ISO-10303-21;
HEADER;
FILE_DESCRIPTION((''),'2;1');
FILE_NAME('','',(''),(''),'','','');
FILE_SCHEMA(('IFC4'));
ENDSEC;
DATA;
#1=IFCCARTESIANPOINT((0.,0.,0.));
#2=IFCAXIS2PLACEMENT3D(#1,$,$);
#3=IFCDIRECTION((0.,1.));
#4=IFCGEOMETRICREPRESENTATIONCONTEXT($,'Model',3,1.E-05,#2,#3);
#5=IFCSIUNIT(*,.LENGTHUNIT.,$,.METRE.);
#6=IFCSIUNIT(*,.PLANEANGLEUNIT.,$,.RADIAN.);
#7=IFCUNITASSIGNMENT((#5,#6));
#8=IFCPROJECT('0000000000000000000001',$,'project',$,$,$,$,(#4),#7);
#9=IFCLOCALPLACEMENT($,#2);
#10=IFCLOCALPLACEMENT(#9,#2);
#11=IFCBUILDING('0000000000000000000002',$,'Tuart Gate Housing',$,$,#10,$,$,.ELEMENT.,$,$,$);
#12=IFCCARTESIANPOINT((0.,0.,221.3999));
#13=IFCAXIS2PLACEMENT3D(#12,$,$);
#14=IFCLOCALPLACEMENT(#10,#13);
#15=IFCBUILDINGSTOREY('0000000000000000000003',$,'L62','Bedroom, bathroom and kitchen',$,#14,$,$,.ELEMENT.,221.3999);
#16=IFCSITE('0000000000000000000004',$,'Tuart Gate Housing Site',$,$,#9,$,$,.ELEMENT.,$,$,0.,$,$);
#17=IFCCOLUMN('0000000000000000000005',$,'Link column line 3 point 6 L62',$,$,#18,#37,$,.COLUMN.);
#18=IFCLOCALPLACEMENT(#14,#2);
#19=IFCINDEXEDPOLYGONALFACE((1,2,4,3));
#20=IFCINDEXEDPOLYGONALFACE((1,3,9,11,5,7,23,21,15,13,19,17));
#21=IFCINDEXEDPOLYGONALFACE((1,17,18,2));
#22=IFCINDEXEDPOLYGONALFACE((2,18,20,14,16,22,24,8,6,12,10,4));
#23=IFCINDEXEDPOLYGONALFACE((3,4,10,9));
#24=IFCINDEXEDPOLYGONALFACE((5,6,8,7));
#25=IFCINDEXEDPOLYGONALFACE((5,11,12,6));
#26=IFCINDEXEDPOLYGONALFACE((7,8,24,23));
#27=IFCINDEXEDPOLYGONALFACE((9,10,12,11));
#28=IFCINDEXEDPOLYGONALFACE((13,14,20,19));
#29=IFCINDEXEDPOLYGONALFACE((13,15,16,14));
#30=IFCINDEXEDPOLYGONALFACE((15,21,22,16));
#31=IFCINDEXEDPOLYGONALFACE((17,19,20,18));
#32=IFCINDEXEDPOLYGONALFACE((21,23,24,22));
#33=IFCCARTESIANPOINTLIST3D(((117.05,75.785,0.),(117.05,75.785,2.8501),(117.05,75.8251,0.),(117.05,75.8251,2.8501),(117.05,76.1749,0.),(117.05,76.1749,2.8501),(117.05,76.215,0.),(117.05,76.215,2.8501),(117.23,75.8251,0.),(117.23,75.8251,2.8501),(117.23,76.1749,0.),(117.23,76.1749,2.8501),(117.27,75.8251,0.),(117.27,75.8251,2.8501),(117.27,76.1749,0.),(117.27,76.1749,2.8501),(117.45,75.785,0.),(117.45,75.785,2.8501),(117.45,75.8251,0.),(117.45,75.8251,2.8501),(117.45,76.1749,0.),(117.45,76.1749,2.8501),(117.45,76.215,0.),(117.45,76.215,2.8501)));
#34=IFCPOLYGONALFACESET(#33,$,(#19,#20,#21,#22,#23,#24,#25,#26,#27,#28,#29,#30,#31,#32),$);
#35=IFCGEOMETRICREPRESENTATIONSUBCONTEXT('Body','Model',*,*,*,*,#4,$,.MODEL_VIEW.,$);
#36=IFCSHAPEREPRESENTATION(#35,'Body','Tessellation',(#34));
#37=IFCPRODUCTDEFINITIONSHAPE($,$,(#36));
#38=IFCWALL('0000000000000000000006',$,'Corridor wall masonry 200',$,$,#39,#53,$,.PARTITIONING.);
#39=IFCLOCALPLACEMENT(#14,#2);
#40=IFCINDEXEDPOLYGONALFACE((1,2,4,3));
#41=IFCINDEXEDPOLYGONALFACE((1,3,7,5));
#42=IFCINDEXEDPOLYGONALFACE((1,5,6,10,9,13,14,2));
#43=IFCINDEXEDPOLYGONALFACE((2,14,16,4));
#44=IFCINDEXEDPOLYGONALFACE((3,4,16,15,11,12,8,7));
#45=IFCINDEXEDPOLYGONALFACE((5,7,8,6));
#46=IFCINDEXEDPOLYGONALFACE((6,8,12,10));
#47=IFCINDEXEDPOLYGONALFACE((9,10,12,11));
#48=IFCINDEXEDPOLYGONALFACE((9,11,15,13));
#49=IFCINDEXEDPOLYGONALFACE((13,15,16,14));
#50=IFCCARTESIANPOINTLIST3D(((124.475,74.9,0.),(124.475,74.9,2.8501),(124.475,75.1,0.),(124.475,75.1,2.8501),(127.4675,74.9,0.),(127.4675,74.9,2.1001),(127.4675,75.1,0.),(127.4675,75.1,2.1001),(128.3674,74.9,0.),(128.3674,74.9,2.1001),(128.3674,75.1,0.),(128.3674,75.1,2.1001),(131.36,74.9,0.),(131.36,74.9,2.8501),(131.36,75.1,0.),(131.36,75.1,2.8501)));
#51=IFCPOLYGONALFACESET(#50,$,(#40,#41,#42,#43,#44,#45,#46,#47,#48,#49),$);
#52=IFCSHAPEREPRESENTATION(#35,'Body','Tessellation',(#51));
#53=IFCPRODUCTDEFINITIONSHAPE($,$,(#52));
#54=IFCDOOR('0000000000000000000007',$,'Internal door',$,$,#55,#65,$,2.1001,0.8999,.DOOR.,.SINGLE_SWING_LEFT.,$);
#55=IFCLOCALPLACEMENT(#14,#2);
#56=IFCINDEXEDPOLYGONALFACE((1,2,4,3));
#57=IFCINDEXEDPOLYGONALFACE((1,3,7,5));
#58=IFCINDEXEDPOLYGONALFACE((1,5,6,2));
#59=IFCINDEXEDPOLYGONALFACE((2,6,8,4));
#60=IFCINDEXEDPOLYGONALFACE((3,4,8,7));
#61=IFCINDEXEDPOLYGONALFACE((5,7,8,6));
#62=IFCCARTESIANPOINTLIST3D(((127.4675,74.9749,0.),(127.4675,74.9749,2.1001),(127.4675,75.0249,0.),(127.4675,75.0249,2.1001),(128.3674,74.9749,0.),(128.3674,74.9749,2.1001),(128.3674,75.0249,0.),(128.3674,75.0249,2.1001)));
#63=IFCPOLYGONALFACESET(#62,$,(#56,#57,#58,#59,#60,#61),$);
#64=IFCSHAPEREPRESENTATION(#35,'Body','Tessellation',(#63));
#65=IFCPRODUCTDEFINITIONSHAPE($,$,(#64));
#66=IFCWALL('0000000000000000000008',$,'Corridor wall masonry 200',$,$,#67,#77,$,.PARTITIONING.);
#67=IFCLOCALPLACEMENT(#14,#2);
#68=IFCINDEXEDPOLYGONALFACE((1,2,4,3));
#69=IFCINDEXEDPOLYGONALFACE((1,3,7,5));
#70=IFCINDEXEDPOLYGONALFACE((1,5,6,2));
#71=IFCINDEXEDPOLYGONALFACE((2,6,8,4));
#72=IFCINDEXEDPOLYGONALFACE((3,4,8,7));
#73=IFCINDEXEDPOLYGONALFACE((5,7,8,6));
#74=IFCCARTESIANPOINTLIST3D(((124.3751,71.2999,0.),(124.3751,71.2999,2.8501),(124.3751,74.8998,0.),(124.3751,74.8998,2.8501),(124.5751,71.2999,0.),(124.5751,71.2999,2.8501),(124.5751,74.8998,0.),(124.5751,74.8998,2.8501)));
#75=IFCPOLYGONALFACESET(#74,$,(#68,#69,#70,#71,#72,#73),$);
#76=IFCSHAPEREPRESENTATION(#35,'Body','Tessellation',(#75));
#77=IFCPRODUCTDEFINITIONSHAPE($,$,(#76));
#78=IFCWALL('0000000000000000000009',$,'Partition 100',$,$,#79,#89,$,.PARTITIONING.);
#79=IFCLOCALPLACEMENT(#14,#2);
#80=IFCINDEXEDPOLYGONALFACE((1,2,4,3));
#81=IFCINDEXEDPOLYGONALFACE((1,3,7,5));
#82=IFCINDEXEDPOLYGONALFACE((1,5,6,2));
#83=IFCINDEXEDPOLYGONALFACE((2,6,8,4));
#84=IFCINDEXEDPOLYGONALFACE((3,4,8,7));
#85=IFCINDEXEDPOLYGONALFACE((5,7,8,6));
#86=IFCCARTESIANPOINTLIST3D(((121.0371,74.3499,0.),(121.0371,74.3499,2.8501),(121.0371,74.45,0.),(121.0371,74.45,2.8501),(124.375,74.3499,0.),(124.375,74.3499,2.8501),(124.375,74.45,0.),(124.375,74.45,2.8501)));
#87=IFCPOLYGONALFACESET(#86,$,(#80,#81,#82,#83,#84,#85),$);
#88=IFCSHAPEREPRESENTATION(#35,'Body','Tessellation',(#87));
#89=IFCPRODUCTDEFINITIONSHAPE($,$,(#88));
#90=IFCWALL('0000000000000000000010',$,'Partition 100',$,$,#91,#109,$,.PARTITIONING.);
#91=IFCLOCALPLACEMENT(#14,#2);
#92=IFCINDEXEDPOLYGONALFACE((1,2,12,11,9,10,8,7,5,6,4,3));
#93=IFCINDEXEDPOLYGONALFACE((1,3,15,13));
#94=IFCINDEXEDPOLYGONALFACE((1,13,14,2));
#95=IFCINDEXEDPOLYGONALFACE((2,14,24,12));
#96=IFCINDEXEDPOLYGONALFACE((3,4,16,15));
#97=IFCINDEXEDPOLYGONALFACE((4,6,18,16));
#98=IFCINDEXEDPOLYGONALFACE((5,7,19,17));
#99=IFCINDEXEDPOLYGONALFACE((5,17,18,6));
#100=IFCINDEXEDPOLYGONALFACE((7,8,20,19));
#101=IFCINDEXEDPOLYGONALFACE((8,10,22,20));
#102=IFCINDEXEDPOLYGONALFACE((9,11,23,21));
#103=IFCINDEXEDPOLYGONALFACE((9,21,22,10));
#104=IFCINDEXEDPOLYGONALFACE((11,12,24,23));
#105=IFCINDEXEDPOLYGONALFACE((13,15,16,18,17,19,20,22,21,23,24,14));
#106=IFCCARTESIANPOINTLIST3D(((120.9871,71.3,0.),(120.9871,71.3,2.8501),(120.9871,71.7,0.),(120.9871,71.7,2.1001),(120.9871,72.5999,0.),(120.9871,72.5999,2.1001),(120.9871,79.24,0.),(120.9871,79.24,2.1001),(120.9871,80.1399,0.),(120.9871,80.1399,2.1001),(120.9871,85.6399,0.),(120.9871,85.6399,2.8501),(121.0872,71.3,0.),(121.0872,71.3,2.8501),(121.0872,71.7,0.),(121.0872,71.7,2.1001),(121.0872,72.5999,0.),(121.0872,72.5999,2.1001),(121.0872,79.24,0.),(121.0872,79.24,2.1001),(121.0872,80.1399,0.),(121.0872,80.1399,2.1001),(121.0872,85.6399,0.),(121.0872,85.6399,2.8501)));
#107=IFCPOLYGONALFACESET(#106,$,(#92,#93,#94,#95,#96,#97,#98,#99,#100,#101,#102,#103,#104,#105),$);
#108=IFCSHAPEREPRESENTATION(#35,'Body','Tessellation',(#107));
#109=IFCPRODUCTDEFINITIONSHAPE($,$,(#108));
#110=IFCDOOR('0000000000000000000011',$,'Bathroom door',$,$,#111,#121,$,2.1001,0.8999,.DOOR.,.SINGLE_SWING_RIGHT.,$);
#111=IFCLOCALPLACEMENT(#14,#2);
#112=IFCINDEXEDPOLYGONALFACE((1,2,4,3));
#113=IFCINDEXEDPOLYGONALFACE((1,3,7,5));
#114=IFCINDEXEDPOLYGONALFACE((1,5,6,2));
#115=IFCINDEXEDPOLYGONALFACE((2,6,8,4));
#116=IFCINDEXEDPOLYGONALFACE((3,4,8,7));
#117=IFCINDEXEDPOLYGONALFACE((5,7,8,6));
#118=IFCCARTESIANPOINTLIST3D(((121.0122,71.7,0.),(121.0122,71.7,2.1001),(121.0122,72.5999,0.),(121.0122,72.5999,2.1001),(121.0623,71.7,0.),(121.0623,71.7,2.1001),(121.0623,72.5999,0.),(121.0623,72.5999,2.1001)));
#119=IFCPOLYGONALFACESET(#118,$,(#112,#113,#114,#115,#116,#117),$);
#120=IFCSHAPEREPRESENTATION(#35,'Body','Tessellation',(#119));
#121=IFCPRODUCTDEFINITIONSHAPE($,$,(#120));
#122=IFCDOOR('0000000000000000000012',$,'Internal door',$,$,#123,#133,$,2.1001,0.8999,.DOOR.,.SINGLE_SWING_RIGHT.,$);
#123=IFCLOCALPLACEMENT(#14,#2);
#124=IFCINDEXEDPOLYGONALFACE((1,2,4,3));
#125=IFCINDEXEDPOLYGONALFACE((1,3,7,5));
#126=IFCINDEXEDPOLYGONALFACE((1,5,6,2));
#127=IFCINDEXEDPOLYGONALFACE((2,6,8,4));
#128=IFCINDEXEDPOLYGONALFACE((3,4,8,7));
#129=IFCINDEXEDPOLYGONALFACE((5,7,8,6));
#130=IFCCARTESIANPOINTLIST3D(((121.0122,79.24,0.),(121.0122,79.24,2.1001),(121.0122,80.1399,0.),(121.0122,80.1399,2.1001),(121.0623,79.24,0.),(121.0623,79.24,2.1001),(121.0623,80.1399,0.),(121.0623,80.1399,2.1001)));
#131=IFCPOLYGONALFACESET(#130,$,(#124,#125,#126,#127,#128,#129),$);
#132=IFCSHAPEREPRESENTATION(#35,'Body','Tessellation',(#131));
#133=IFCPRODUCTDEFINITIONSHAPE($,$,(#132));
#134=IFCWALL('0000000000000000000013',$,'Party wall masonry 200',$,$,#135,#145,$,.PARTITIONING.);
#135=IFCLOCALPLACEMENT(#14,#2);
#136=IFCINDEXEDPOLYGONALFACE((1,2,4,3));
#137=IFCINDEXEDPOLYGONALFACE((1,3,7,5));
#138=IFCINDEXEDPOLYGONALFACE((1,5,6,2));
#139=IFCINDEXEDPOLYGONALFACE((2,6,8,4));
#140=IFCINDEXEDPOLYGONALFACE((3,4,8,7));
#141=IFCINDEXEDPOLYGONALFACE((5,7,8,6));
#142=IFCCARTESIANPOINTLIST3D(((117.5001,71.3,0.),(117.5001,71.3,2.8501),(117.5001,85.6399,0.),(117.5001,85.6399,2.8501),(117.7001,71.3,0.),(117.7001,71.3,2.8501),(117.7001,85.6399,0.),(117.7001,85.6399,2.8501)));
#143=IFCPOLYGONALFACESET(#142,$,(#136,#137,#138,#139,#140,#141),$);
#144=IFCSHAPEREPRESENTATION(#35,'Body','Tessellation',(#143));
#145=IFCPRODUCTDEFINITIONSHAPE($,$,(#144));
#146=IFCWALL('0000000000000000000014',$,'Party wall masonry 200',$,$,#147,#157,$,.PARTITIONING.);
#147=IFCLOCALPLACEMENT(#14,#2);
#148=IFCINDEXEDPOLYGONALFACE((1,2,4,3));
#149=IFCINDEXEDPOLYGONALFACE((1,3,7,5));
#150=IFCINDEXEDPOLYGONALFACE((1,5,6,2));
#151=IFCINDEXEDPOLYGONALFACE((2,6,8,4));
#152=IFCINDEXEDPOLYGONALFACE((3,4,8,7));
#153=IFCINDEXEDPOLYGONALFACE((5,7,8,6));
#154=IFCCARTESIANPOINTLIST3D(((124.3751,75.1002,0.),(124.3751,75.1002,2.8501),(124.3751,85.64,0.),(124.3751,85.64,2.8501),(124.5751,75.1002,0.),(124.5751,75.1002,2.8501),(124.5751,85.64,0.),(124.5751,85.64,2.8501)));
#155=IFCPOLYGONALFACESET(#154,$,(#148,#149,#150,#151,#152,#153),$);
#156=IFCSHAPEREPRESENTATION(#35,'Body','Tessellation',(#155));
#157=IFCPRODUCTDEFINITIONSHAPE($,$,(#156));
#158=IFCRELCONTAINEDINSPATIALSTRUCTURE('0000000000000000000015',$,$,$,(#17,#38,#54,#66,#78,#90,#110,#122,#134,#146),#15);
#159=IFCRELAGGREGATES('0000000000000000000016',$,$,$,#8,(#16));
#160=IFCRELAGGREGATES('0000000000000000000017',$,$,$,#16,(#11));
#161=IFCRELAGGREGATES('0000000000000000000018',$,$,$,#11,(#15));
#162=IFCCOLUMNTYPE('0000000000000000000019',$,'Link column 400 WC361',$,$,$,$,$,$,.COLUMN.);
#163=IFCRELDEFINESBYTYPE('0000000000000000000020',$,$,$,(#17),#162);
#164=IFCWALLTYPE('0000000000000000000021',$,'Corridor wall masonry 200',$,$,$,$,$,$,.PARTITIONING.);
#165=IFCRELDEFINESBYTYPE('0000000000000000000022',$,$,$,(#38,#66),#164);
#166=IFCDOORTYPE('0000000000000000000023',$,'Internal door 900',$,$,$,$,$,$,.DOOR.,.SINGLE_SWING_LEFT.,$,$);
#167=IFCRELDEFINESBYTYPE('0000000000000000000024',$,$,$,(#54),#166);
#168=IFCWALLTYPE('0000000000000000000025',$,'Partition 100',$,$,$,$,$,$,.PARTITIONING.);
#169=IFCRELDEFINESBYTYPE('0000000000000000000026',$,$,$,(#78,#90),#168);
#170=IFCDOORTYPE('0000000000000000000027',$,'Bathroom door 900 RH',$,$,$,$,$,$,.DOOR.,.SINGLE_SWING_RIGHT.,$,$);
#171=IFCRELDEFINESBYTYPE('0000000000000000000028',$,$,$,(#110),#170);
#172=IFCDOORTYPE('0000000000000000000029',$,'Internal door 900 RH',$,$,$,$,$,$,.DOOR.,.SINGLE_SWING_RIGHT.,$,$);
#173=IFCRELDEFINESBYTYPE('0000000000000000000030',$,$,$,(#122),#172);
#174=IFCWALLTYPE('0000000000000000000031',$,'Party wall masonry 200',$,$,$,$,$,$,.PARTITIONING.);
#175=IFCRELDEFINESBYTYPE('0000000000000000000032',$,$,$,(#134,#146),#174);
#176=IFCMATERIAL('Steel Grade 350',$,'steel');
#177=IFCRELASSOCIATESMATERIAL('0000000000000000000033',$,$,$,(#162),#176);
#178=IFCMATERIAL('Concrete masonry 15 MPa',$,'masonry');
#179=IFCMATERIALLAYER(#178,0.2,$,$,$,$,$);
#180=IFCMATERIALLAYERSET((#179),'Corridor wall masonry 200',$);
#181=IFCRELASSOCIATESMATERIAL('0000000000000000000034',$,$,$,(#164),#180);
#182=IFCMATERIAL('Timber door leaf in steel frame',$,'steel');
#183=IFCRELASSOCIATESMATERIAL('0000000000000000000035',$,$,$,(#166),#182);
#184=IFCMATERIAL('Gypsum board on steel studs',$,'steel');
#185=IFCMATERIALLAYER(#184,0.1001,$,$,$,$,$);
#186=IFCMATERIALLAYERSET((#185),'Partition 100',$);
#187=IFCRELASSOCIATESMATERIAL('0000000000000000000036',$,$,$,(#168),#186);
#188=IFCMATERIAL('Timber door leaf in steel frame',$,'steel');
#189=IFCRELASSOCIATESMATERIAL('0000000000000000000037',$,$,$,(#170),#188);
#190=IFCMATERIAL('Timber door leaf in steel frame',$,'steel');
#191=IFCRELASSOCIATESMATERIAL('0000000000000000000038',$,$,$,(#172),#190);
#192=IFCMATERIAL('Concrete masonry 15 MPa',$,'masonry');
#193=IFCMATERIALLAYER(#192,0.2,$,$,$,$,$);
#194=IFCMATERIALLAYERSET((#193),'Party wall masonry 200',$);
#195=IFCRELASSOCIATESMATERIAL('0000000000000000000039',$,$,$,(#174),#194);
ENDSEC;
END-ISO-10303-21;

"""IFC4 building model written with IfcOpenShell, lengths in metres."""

from ifc_helpers import new_model, si_unit, direction, frame, frame_2d, origin, origin_2d, place, context, subcontext, project, spatial, rectangle, i_section, extrude, material, layer, layer_set, material_profile, profile_set, type_object, element, fill, save


model = new_model("IFC4")

# Units and contexts
model_context = context("Model", 3, precision=1e-05, world=origin(), true_north=direction((0.0, 1.0)))
body_context = subcontext(model_context, "Body", "Model", "MODEL_VIEW")
ifc_project = project(units=[si_unit("LENGTHUNIT", "METRE"), si_unit("PLANEANGLEUNIT", "RADIAN")], contexts=[model_context])

# Site, building, storey
site_placement = place(None, origin())
site = spatial("IfcSite", under=ifc_project, at=site_placement, Name="Tuart Gate Housing Site", CompositionType="ELEMENT", RefElevation=0.0)
building_placement = place(site_placement, origin())
building = spatial("IfcBuilding", under=site, at=building_placement, Name="Tuart Gate Housing", CompositionType="ELEMENT")
storey_placement = place(building_placement, frame((0.0, 0.0, 221.3999)))
storey = spatial("IfcBuildingStorey", under=building, at=storey_placement, Name="L62", Description="Bedroom, bathroom and kitchen", CompositionType="ELEMENT", Elevation=221.3999)

# Column
ifc_material_1 = material(Name="Steel Grade 350", Category="steel")
ifc_material_profile = material_profile(ifc_material_1, i_section(OverallWidth=0.3999, OverallDepth=0.4299, WebThickness=0.04, FlangeThickness=0.04, at=origin_2d()), Name="400WC361")
ifc_profile_set = profile_set([ifc_material_profile], Name="Steel Grade 350")
column_type = type_object("IfcColumnType", Name="Link column 400 WC361", PredefinedType="COLUMN", material=ifc_profile_set)
column_placement = place(storey_placement, frame((117.25, 76.0, 0.0), z_axis=(0.0, 0.0, 1.0), x_axis=(1.0, 0.0, 0.0)))
element("IfcColumn", 1, at=column_placement, inside=storey, type_object=column_type, Name="Link column line 3 point 6 L62", PredefinedType="COLUMN", context=body_context, shape_type="SweptSolid", body=[
    extrude(i_section(OverallWidth=0.3999, OverallDepth=0.4299, WebThickness=0.04, FlangeThickness=0.04, at=origin_2d()), origin(), (0.0, 0.0, 1.0), 2.8501),
])

# Wall, opening, door
ifc_material_2 = material(Name="Concrete masonry 15 MPa", Category="masonry")
ifc_layer_1 = layer(ifc_material_2, 0.2)
ifc_layer_set_1 = layer_set([ifc_layer_1], Name="Corridor wall masonry 200")
wall_type_1 = type_object("IfcWallType", Name="Corridor wall masonry 200", PredefinedType="PARTITIONING", material=ifc_layer_set_1)
wall_1_placement = place(storey_placement, frame((124.4751, 75.0, 0.0), z_axis=(0.0, 0.0, 1.0), x_axis=(1.0, 0.0, 0.0)))
wall_1 = element("IfcWall", 2, at=wall_1_placement, inside=storey, type_object=wall_type_1, Name="Corridor wall masonry 200", PredefinedType="PARTITIONING", context=body_context, shape_type="SweptSolid", body=[
    extrude(rectangle(XDim=6.885, YDim=0.2, at=frame_2d((3.4424, 0.0))), origin(), (0.0, 0.0, 1.0), 2.8501),
])
opening_1_placement = place(wall_1_placement, frame((2.9924, 0.0, 0.0)))
opening_1 = element("IfcOpeningElement", 3, at=opening_1_placement, cuts=wall_1, PredefinedType="OPENING", context=body_context, shape_type="SweptSolid", body=[
    extrude(rectangle(XDim=0.8999, YDim=2.1001, at=frame_2d((0.45, 1.05))), frame((0.0, 0.1099, 0.0), z_axis=(0.0, -1.0, 0.0), x_axis=(1.0, 0.0, 0.0)), (0.0, 0.0, 1.0), 0.22),
])
ifc_material_3 = material(Name="Timber door leaf in steel frame", Category="steel")
door_type_1 = type_object("IfcDoorType", Name="Internal door 900", OperationType="SINGLE_SWING_LEFT", PredefinedType="DOOR", material=ifc_material_3)
door_1_placement = place(opening_1_placement, origin())
door_1 = element("IfcDoor", 4, at=door_1_placement, inside=storey, type_object=door_type_1, Name="Internal door", OperationType="SINGLE_SWING_LEFT", OverallHeight=2.1001, OverallWidth=0.8999, PredefinedType="DOOR", context=body_context, shape_type="SweptSolid", body=[
    extrude(rectangle(XDim=0.8999, YDim=2.1001, at=frame_2d((0.45, 1.05))), frame((0.0, 0.0249, 0.0), z_axis=(0.0, -1.0, 0.0), x_axis=(1.0, 0.0, 0.0)), (0.0, 0.0, 1.0), 0.05),
])
fill(opening_1, door_1)

# Walls
wall_2_placement = place(storey_placement, frame((124.4751, 71.3, 0.0), z_axis=(0.0, 0.0, 1.0), x_axis=(0.0, 1.0, 0.0)))
element("IfcWall", 5, at=wall_2_placement, inside=storey, type_object=wall_type_1, Name="Corridor wall masonry 200", PredefinedType="PARTITIONING", context=body_context, shape_type="SweptSolid", body=[
    extrude(rectangle(XDim=3.5999, YDim=0.2, at=frame_2d((1.7998, 0.0))), origin(), (0.0, 0.0, 1.0), 2.8501),
])
ifc_material_4 = material(Name="Gypsum board on steel studs", Category="steel")
ifc_layer_2 = layer(ifc_material_4, 0.1001)
ifc_layer_set_2 = layer_set([ifc_layer_2], Name="Partition 100")
wall_type_2 = type_object("IfcWallType", Name="Partition 100", PredefinedType="PARTITIONING", material=ifc_layer_set_2)
wall_3_placement = place(storey_placement, frame((121.0371, 74.3999, 0.0), z_axis=(0.0, 0.0, 1.0), x_axis=(1.0, 0.0, 0.0)))
element("IfcWall", 6, at=wall_3_placement, inside=storey, type_object=wall_type_2, Name="Partition 100", PredefinedType="PARTITIONING", context=body_context, shape_type="SweptSolid", body=[
    extrude(rectangle(XDim=3.3379, YDim=0.1001, at=frame_2d((1.6689, 0.0))), origin(), (0.0, 0.0, 1.0), 2.8501),
])

# Wall, openings, doors
wall_4_placement = place(storey_placement, frame((121.0371, 71.3, 0.0), z_axis=(0.0, 0.0, 1.0), x_axis=(0.0, 1.0, 0.0)))
wall_4 = element("IfcWall", 7, at=wall_4_placement, inside=storey, type_object=wall_type_2, Name="Partition 100", PredefinedType="PARTITIONING", context=body_context, shape_type="SweptSolid", body=[
    extrude(rectangle(XDim=14.3398, YDim=0.1001, at=frame_2d((7.1699, 0.0))), origin(), (0.0, 0.0, 1.0), 2.8501),
])
opening_2_placement = place(wall_4_placement, frame((7.9399, 0.0, 0.0)))
opening_2 = element("IfcOpeningElement", 8, at=opening_2_placement, cuts=wall_4, PredefinedType="OPENING", context=body_context, shape_type="SweptSolid", body=[
    extrude(rectangle(XDim=0.8999, YDim=2.1001, at=frame_2d((0.45, 1.05))), frame((0.0, 0.0601, 0.0), z_axis=(0.0, -1.0, 0.0), x_axis=(1.0, 0.0, 0.0)), (0.0, 0.0, 1.0), 0.1201),
])
opening_3_placement = place(wall_4_placement, frame((0.3999, 0.0, 0.0)))
opening_3 = element("IfcOpeningElement", 9, at=opening_3_placement, cuts=wall_4, PredefinedType="OPENING", context=body_context, shape_type="SweptSolid", body=[
    extrude(rectangle(XDim=0.8999, YDim=2.1001, at=frame_2d((0.45, 1.05))), frame((0.0, 0.0601, 0.0), z_axis=(0.0, -1.0, 0.0), x_axis=(1.0, 0.0, 0.0)), (0.0, 0.0, 1.0), 0.1201),
])
ifc_material_5 = material(Name="Timber door leaf in steel frame", Category="steel")
door_type_2 = type_object("IfcDoorType", Name="Bathroom door 900 RH", OperationType="SINGLE_SWING_RIGHT", PredefinedType="DOOR", material=ifc_material_5)
door_2_placement = place(opening_3_placement, frame((0.8999, 0.0, 0.0), z_axis=(0.0, 0.0, 1.0), x_axis=(-1.0, 0.0, 0.0)))
door_2 = element("IfcDoor", 10, at=door_2_placement, inside=storey, type_object=door_type_2, Name="Bathroom door", OperationType="SINGLE_SWING_RIGHT", OverallHeight=2.1001, OverallWidth=0.8999, PredefinedType="DOOR", context=body_context, shape_type="SweptSolid", body=[
    extrude(rectangle(XDim=0.8999, YDim=2.1001, at=frame_2d((0.45, 1.05))), frame((0.0, 0.0251, 0.0), z_axis=(0.0, -1.0, 0.0), x_axis=(1.0, 0.0, 0.0)), (0.0, 0.0, 1.0), 0.05),
])
fill(opening_3, door_2)
ifc_material_6 = material(Name="Timber door leaf in steel frame", Category="steel")
door_type_3 = type_object("IfcDoorType", Name="Internal door 900 RH", OperationType="SINGLE_SWING_RIGHT", PredefinedType="DOOR", material=ifc_material_6)
door_3_placement = place(opening_2_placement, frame((0.8999, 0.0, 0.0), z_axis=(0.0, 0.0, 1.0), x_axis=(-1.0, 0.0, 0.0)))
door_3 = element("IfcDoor", 11, at=door_3_placement, inside=storey, type_object=door_type_3, Name="Internal door", OperationType="SINGLE_SWING_RIGHT", OverallHeight=2.1001, OverallWidth=0.8999, PredefinedType="DOOR", context=body_context, shape_type="SweptSolid", body=[
    extrude(rectangle(XDim=0.8999, YDim=2.1001, at=frame_2d((0.45, 1.05))), frame((0.0, 0.0251, 0.0), z_axis=(0.0, -1.0, 0.0), x_axis=(1.0, 0.0, 0.0)), (0.0, 0.0, 1.0), 0.05),
])
fill(opening_2, door_3)

# Walls
ifc_material_7 = material(Name="Concrete masonry 15 MPa", Category="masonry")
ifc_layer_3 = layer(ifc_material_7, 0.2)
ifc_layer_set_3 = layer_set([ifc_layer_3], Name="Party wall masonry 200")
wall_type_3 = type_object("IfcWallType", Name="Party wall masonry 200", PredefinedType="PARTITIONING", material=ifc_layer_set_3)
wall_5_placement = place(storey_placement, frame((117.6001, 71.3, 0.0), z_axis=(0.0, 0.0, 1.0), x_axis=(0.0, 1.0, 0.0)))
element("IfcWall", 12, at=wall_5_placement, inside=storey, type_object=wall_type_3, Name="Party wall masonry 200", PredefinedType="PARTITIONING", context=body_context, shape_type="SweptSolid", body=[
    extrude(rectangle(XDim=14.3398, YDim=0.2, at=frame_2d((7.1699, 0.0))), origin(), (0.0, 0.0, 1.0), 2.8501),
])
wall_6_placement = place(storey_placement, frame((124.4751, 75.1001, 0.0), z_axis=(0.0, 0.0, 1.0), x_axis=(0.0, 1.0, 0.0)))
element("IfcWall", 13, at=wall_6_placement, inside=storey, type_object=wall_type_3, Name="Party wall masonry 200", PredefinedType="PARTITIONING", context=body_context, shape_type="SweptSolid", body=[
    extrude(rectangle(XDim=10.5398, YDim=0.2, at=frame_2d((5.27, 0.0))), origin(), (0.0, 0.0, 1.0), 2.8501),
])

save(model, "model.ifc")
